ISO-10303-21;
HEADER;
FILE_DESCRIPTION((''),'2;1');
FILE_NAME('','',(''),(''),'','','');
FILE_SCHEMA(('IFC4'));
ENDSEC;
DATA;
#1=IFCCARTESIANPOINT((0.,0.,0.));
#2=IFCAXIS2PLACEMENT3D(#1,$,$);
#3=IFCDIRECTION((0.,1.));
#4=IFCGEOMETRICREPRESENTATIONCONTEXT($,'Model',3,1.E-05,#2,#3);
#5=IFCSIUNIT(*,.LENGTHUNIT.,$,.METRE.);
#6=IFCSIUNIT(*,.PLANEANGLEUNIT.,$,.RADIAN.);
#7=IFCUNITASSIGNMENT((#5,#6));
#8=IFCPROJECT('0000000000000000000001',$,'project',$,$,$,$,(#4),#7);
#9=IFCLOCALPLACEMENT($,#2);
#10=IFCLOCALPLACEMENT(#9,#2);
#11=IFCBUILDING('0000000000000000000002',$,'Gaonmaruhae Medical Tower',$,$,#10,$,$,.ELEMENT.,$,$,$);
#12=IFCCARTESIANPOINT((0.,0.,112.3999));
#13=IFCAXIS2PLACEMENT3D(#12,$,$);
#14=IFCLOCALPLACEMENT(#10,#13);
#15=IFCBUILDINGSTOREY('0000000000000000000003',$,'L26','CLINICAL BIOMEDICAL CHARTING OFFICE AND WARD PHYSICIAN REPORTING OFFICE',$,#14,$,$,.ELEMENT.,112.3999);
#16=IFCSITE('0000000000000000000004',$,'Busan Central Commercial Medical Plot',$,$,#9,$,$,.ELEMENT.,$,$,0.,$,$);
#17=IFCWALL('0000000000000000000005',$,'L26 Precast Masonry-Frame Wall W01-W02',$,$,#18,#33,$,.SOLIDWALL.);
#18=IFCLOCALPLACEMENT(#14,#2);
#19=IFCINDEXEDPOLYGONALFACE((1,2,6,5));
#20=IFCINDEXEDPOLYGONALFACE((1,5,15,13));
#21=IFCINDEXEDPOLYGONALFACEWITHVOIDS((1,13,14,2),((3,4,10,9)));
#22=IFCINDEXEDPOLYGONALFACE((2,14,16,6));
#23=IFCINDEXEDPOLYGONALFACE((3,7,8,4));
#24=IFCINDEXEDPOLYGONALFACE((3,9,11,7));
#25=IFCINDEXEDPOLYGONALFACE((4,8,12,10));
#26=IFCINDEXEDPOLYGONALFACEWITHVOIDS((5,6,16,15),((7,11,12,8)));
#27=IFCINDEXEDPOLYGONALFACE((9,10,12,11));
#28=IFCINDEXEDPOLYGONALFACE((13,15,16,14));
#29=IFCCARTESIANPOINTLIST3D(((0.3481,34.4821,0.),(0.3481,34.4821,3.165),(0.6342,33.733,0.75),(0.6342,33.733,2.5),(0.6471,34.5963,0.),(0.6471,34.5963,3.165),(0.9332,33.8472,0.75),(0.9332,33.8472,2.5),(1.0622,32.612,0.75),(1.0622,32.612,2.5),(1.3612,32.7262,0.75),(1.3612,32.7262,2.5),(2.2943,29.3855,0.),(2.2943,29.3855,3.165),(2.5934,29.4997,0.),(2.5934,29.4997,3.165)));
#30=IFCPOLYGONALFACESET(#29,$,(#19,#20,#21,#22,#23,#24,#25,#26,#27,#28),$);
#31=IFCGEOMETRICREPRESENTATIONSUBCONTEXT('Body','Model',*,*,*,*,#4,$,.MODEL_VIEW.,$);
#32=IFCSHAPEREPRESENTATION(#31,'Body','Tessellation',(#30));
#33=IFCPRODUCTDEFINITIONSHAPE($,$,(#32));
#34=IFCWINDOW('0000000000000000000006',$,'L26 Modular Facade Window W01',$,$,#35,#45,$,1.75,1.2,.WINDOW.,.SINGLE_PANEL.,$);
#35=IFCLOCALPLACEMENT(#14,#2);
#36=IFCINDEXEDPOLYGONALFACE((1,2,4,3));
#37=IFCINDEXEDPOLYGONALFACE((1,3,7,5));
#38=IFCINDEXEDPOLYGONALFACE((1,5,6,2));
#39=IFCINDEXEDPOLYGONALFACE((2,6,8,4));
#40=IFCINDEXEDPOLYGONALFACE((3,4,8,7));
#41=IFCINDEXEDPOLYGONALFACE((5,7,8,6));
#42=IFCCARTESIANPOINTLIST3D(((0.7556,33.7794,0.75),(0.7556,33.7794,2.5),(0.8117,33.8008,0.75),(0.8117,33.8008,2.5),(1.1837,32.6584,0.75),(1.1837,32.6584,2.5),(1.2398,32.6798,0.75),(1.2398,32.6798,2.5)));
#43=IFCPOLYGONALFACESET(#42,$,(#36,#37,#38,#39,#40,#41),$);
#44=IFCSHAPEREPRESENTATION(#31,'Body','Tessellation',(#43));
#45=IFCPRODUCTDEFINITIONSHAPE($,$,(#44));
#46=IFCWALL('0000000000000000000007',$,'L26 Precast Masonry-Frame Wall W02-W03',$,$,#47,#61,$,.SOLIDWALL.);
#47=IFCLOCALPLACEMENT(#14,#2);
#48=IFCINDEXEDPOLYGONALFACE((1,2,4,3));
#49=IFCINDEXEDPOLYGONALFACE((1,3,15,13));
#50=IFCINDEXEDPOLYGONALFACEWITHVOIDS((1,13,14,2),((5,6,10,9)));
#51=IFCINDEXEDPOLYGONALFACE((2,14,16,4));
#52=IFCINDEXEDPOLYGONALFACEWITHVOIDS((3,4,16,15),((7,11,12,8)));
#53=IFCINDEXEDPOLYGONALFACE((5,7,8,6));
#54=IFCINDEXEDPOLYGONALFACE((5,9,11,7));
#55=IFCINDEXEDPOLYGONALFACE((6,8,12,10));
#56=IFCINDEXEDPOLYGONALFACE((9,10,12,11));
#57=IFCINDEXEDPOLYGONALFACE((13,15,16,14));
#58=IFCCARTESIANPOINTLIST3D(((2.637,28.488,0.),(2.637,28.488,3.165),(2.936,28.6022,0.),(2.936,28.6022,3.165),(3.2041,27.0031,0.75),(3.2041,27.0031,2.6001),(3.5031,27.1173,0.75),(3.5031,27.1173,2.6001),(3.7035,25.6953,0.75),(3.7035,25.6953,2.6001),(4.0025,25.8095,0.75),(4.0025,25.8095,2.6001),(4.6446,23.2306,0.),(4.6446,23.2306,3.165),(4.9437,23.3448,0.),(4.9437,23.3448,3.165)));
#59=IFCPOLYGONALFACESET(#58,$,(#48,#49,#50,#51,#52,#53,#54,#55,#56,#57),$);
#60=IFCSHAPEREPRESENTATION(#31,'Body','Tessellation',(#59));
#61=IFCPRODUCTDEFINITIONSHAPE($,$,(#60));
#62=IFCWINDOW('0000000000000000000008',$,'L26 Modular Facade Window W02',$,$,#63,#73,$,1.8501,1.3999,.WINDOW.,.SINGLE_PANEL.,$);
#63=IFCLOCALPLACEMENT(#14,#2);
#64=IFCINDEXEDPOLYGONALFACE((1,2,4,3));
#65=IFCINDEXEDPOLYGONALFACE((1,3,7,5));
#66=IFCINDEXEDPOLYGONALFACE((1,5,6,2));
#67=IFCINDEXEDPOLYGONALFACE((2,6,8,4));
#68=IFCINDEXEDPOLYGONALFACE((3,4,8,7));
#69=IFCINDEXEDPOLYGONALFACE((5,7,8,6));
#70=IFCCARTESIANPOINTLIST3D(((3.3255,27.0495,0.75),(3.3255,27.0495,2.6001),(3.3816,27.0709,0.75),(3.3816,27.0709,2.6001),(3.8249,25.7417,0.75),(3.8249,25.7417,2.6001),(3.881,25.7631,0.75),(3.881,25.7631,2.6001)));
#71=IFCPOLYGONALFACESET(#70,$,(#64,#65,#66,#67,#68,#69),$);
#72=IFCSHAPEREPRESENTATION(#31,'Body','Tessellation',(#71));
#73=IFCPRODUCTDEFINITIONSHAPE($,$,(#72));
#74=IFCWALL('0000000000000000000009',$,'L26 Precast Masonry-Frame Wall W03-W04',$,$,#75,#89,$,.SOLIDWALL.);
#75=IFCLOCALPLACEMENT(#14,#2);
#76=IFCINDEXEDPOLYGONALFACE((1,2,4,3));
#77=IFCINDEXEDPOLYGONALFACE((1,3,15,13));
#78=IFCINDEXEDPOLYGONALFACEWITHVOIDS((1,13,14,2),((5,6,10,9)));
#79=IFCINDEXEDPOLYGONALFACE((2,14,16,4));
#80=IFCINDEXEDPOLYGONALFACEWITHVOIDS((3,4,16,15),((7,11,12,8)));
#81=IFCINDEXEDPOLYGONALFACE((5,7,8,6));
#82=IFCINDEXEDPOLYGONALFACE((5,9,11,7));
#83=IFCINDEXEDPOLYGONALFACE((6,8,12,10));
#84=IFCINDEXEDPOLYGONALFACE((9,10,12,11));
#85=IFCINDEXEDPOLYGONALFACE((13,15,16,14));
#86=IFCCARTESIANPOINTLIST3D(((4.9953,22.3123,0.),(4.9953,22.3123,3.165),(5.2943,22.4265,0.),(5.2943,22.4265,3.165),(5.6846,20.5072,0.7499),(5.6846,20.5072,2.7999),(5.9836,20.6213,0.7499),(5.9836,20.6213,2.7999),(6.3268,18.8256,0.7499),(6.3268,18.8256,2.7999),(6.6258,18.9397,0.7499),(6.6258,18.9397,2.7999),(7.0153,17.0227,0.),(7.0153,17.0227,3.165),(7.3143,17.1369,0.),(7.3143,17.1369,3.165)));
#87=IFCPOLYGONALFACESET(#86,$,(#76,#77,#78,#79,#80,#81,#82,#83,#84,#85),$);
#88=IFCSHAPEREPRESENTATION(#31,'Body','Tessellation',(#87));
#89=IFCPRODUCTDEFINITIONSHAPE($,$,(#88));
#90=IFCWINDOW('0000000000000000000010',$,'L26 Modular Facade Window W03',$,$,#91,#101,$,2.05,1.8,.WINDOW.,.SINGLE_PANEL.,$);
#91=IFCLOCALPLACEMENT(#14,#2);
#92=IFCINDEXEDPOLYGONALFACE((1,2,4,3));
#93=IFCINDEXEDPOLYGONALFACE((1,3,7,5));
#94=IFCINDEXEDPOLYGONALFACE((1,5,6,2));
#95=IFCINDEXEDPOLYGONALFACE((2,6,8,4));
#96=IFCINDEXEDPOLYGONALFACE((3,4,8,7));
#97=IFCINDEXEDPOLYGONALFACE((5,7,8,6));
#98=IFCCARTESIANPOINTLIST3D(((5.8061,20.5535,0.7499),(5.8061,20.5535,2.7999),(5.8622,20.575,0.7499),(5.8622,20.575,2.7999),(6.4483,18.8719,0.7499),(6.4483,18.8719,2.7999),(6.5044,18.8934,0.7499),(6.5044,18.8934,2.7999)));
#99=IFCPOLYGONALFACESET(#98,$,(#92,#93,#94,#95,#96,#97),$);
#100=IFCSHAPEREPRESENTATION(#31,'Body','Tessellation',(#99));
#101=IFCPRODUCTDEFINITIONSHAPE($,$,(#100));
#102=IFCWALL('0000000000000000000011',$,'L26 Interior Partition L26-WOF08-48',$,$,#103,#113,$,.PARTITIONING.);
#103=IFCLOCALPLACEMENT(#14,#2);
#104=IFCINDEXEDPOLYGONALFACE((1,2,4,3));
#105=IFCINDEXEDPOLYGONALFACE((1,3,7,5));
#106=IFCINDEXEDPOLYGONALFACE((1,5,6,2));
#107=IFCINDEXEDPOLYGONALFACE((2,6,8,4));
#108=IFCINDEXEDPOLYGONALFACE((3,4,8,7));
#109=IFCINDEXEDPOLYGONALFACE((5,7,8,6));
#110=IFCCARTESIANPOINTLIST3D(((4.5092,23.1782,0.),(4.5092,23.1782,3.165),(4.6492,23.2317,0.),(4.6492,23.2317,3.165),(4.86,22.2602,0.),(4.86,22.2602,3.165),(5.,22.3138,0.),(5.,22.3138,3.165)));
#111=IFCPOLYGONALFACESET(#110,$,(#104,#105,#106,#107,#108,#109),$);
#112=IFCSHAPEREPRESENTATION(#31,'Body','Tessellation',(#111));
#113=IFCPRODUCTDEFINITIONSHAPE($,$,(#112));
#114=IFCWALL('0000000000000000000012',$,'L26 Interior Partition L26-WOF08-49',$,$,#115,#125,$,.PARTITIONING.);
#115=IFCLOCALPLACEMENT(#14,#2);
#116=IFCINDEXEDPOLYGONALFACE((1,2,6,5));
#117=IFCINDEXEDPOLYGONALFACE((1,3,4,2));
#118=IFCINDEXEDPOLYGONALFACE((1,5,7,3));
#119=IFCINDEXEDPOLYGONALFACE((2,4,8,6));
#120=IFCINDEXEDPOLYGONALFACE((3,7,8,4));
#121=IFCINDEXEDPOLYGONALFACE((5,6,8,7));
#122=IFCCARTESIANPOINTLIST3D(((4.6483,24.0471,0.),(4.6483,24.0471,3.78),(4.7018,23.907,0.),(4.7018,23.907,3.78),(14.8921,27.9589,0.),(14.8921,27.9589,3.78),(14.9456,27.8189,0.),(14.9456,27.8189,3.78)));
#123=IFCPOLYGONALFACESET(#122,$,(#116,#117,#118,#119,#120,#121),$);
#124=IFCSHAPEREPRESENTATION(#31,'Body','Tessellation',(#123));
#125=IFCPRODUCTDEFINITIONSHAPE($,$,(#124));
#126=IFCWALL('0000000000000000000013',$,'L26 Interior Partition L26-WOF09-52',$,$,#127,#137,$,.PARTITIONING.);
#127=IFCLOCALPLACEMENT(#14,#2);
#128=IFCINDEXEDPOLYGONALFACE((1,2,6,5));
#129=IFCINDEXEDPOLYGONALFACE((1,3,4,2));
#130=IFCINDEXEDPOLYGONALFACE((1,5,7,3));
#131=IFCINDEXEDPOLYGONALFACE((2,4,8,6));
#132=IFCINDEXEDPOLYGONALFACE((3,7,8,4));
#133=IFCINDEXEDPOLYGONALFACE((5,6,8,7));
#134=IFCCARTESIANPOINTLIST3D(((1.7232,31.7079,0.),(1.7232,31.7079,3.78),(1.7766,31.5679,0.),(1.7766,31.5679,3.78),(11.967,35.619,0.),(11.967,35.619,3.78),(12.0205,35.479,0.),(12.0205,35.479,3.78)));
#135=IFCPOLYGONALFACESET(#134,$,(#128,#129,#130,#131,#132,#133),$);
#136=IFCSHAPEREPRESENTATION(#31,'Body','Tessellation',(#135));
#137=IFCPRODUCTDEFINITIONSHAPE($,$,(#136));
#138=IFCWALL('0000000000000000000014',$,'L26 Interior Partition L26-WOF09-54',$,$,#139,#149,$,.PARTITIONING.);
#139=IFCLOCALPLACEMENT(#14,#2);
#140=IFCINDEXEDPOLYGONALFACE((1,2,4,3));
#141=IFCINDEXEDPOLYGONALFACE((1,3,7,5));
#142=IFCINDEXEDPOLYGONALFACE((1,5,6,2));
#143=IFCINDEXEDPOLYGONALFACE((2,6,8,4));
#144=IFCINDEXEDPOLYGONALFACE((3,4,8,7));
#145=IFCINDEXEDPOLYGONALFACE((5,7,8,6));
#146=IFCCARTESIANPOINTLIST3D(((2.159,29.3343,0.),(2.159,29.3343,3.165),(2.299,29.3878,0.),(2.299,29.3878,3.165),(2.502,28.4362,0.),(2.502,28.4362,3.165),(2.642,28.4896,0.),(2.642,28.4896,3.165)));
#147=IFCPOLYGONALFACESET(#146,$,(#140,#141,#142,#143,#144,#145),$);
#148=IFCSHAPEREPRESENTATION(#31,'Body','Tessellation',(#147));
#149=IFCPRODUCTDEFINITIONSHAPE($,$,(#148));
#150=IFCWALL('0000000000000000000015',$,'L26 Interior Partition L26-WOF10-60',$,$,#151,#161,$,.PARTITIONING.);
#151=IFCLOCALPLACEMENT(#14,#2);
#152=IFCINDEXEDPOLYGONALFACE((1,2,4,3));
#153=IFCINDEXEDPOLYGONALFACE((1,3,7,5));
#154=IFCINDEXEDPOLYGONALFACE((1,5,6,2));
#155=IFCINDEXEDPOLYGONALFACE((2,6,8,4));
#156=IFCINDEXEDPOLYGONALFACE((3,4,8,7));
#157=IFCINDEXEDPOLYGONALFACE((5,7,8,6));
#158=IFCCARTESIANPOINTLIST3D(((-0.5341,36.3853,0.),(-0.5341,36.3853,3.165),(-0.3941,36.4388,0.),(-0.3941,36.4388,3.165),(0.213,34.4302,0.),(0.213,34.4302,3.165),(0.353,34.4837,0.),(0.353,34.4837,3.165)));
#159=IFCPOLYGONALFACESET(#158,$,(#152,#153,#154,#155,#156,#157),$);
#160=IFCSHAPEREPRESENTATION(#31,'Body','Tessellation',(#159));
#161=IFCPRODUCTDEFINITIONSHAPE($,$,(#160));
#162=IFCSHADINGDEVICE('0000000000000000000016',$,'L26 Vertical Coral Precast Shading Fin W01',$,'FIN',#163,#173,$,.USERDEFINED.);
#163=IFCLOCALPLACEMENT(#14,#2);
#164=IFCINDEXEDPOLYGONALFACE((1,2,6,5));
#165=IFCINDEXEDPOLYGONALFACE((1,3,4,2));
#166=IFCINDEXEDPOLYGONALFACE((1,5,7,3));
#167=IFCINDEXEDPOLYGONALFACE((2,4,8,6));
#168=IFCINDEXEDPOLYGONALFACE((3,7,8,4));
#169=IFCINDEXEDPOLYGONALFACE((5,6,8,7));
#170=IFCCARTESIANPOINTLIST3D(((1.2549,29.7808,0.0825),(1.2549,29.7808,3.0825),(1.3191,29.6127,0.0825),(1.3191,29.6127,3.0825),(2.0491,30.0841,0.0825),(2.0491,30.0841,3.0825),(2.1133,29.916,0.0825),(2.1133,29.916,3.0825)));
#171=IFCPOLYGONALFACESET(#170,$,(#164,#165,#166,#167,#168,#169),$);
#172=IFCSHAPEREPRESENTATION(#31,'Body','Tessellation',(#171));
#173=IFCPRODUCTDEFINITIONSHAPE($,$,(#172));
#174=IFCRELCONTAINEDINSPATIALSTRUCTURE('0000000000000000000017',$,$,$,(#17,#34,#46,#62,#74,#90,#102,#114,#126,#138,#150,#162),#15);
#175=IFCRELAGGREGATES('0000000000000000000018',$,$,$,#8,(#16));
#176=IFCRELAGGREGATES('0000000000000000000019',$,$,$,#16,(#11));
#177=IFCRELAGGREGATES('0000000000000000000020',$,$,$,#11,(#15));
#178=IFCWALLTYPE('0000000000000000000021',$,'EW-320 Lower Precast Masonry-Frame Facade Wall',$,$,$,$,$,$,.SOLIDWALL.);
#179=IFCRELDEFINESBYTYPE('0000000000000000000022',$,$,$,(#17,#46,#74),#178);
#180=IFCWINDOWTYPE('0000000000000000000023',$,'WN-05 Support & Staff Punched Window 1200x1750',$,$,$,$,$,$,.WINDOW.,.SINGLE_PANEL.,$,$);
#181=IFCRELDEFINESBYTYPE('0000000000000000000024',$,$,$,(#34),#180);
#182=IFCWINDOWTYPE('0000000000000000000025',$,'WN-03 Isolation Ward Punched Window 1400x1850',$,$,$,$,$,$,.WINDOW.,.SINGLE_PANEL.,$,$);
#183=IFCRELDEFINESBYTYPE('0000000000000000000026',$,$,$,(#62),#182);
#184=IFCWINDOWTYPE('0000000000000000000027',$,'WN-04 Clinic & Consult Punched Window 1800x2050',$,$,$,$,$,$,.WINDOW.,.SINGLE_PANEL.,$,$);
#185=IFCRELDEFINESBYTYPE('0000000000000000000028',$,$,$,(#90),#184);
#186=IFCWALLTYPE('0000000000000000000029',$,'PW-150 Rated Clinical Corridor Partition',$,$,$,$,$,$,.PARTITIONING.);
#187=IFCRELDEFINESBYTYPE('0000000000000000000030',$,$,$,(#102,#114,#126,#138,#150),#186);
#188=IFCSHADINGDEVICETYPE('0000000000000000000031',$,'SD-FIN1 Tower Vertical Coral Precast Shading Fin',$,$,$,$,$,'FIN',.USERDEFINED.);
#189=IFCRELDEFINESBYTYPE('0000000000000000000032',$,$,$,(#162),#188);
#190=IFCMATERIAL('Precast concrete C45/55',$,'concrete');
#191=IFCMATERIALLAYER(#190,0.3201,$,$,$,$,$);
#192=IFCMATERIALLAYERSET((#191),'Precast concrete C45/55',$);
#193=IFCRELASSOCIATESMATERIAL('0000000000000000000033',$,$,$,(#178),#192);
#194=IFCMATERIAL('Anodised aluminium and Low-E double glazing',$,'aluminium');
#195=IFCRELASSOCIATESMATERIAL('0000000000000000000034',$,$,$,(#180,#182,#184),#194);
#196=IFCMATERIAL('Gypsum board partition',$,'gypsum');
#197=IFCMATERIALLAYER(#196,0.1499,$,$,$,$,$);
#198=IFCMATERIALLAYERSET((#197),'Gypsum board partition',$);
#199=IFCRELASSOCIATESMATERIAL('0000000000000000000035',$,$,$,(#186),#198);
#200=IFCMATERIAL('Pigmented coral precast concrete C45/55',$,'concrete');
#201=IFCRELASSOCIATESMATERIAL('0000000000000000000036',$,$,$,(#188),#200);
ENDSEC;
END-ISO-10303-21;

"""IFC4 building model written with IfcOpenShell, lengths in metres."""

from ifc_helpers import new_model, si_unit, direction, frame, frame_2d, origin, origin_2d, place, context, subcontext, project, spatial, rectangle, extrude, material, layer, layer_set, type_object, element, fill, save


model = new_model("IFC4")

# Units and contexts
model_context = context("Model", 3, precision=1e-05, world=origin(), true_north=direction((0.0, 1.0)))
body_context = subcontext(model_context, "Body", "Model", "MODEL_VIEW")
ifc_project = project(units=[si_unit("LENGTHUNIT", "METRE"), si_unit("PLANEANGLEUNIT", "RADIAN")], contexts=[model_context])

# Site, building, storey
site_placement = place(None, origin())
site = spatial("IfcSite", under=ifc_project, at=site_placement, Name="Busan Central Commercial Medical Plot", CompositionType="ELEMENT", RefElevation=0.0)
building_placement = place(site_placement, origin())
building = spatial("IfcBuilding", under=site, at=building_placement, Name="Gaonmaruhae Medical Tower", CompositionType="ELEMENT")
storey_placement = place(building_placement, frame((0.0, 0.0, 112.3999)))
storey = spatial("IfcBuildingStorey", under=building, at=storey_placement, Name="L26", Description="CLINICAL BIOMEDICAL CHARTING OFFICE AND WARD PHYSICIAN REPORTING OFFICE", CompositionType="ELEMENT", Elevation=112.3999)

# Walls, openings, windows
ifc_material_1 = material(Name="Precast concrete C45/55", Category="concrete")
ifc_layer_1 = layer(ifc_material_1, 0.3201)
ifc_layer_set_1 = layer_set([ifc_layer_1], Name="Precast concrete C45/55")
wall_type_1 = type_object("IfcWallType", Name="EW-320 Lower Precast Masonry-Frame Facade Wall", PredefinedType="SOLIDWALL", material=ifc_layer_set_1)
wall_1_placement = place(storey_placement, frame((2.4438, 29.4426, 0.0), z_axis=(0.0, 0.0, 1.0), x_axis=(-0.356747, 0.934201, 0.0)))
wall_1 = element("IfcWall", 1, at=wall_1_placement, inside=storey, type_object=wall_type_1, Name="L26 Precast Masonry-Frame Wall W01-W02", PredefinedType="SOLIDWALL", context=body_context, shape_type="SweptSolid", body=[
    extrude(rectangle(XDim=5.4556, YDim=0.3201, at=frame_2d((2.7278, 0.0))), origin(), (0.0, 0.0, 1.0), 3.165),
])
opening_1_placement = place(wall_1_placement, frame((3.4536, 0.0, 0.75)))
opening_1 = element("IfcOpeningElement", 2, at=opening_1_placement, cuts=wall_1, PredefinedType="OPENING", context=body_context, shape_type="SweptSolid", body=[
    extrude(rectangle(XDim=1.2, YDim=1.75, at=frame_2d((0.6001, 0.875))), frame((0.0, 0.1699, 0.0), z_axis=(0.0, -1.0, 0.0), x_axis=(1.0, 0.0, 0.0)), (0.0, 0.0, 1.0), 0.3401),
])
ifc_material_2 = material(Name="Anodised aluminium and Low-E double glazing", Category="aluminium")
window_type_1 = type_object("IfcWindowType", Name="WN-05 Support & Staff Punched Window 1200x1750", PartitioningType="SINGLE_PANEL", PredefinedType="WINDOW", material=ifc_material_2)
window_1_placement = place(opening_1_placement, origin())
window_1 = element("IfcWindow", 3, at=window_1_placement, inside=storey, type_object=window_type_1, Name="L26 Modular Facade Window W01", OverallHeight=1.75, OverallWidth=1.2, PartitioningType="SINGLE_PANEL", PredefinedType="WINDOW", context=body_context, shape_type="SweptSolid", body=[
    extrude(rectangle(XDim=1.2, YDim=1.75, at=frame_2d((0.6001, 0.875))), frame((0.0, 0.03, 0.0), z_axis=(0.0, -1.0, 0.0), x_axis=(1.0, 0.0, 0.0)), (0.0, 0.0, 1.0), 0.0601),
])
fill(opening_1, window_1)
wall_2_placement = place(storey_placement, frame((4.7942, 23.2876, 0.0), z_axis=(0.0, 0.0, 1.0), x_axis=(-0.356737, 0.934205, 0.0)))
wall_2 = element("IfcWall", 4, at=wall_2_placement, inside=storey, type_object=wall_type_1, Name="L26 Precast Masonry-Frame Wall W02-W03", PredefinedType="SOLIDWALL", context=body_context, shape_type="SweptSolid", body=[
    extrude(rectangle(XDim=5.6277, YDim=0.3201, at=frame_2d((2.814, 0.0))), origin(), (0.0, 0.0, 1.0), 3.165),
])
opening_2_placement = place(wall_2_placement, frame((2.6384, 0.0, 0.75)))
opening_2 = element("IfcOpeningElement", 5, at=opening_2_placement, cuts=wall_2, PredefinedType="OPENING", context=body_context, shape_type="SweptSolid", body=[
    extrude(rectangle(XDim=1.3999, YDim=1.8501, at=frame_2d((0.7, 0.925))), frame((0.0, 0.1699, 0.0), z_axis=(0.0, -1.0, 0.0), x_axis=(1.0, 0.0, 0.0)), (0.0, 0.0, 1.0), 0.3401),
])
window_type_2 = type_object("IfcWindowType", Name="WN-03 Isolation Ward Punched Window 1400x1850", PartitioningType="SINGLE_PANEL", PredefinedType="WINDOW", material=ifc_material_2)
window_2_placement = place(opening_2_placement, origin())
window_2 = element("IfcWindow", 6, at=window_2_placement, inside=storey, type_object=window_type_2, Name="L26 Modular Facade Window W02", OverallHeight=1.8501, OverallWidth=1.3999, PartitioningType="SINGLE_PANEL", PredefinedType="WINDOW", context=body_context, shape_type="SweptSolid", body=[
    extrude(rectangle(XDim=1.3999, YDim=1.8501, at=frame_2d((0.7, 0.925))), frame((0.0, 0.03, 0.0), z_axis=(0.0, -1.0, 0.0), x_axis=(1.0, 0.0, 0.0)), (0.0, 0.0, 1.0), 0.0601),
])
fill(opening_2, window_2)
wall_3_placement = place(storey_placement, frame((7.1648, 17.0798, 0.0), z_axis=(0.0, 0.0, 1.0), x_axis=(-0.356759, 0.934196, 0.0)))
wall_3 = element("IfcWall", 7, at=wall_3_placement, inside=storey, type_object=wall_type_1, Name="L26 Precast Masonry-Frame Wall W03-W04", PredefinedType="SOLIDWALL", context=body_context, shape_type="SweptSolid", body=[
    extrude(rectangle(XDim=5.6621, YDim=0.3201, at=frame_2d((2.8311, 0.0))), origin(), (0.0, 0.0, 1.0), 3.165),
])
opening_3_placement = place(wall_3_placement, frame((1.9299, 0.0, 0.75)))
opening_3 = element("IfcOpeningElement", 8, at=opening_3_placement, cuts=wall_3, PredefinedType="OPENING", context=body_context, shape_type="SweptSolid", body=[
    extrude(rectangle(XDim=1.8, YDim=2.05, at=frame_2d((0.8999, 1.0249))), frame((0.0, 0.1699, 0.0), z_axis=(0.0, -1.0, 0.0), x_axis=(1.0, 0.0, 0.0)), (0.0, 0.0, 1.0), 0.3401),
])
window_type_3 = type_object("IfcWindowType", Name="WN-04 Clinic & Consult Punched Window 1800x2050", PartitioningType="SINGLE_PANEL", PredefinedType="WINDOW", material=ifc_material_2)
window_3_placement = place(opening_3_placement, origin())
window_3 = element("IfcWindow", 9, at=window_3_placement, inside=storey, type_object=window_type_3, Name="L26 Modular Facade Window W03", OverallHeight=2.05, OverallWidth=1.8, PartitioningType="SINGLE_PANEL", PredefinedType="WINDOW", context=body_context, shape_type="SweptSolid", body=[
    extrude(rectangle(XDim=1.8, YDim=2.05, at=frame_2d((0.8999, 1.0249))), frame((0.0, 0.03, 0.0), z_axis=(0.0, -1.0, 0.0), x_axis=(1.0, 0.0, 0.0)), (0.0, 0.0, 1.0), 0.0601),
])
fill(opening_3, window_3)

# Walls
ifc_material_3 = material(Name="Gypsum board partition", Category="gypsum")
ifc_layer_2 = layer(ifc_material_3, 0.1499)
ifc_layer_set_2 = layer_set([ifc_layer_2], Name="Gypsum board partition")
wall_type_2 = type_object("IfcWallType", Name="PW-150 Rated Clinical Corridor Partition", PredefinedType="PARTITIONING", material=ifc_layer_set_2)
wall_4_placement = place(storey_placement, frame((4.9299, 22.2871, 0.0), z_axis=(0.0, 0.0, 1.0), x_axis=(-0.356997, 0.934105, 0.0)))
element("IfcWall", 10, at=wall_4_placement, inside=storey, type_object=wall_type_2, Name="L26 Interior Partition L26-WOF08-48", PredefinedType="PARTITIONING", context=body_context, shape_type="SweptSolid", body=[
    extrude(rectangle(XDim=0.9827, YDim=0.1499, at=frame_2d((0.4912, 0.0))), origin(), (0.0, 0.0, 1.0), 3.165),
])
wall_5_placement = place(storey_placement, frame((4.675, 23.9771, 0.0), z_axis=(0.0, 0.0, 1.0), x_axis=(0.934201, 0.356746, 0.0)))
element("IfcWall", 11, at=wall_5_placement, inside=storey, type_object=wall_type_2, Name="L26 Interior Partition L26-WOF08-49", PredefinedType="PARTITIONING", context=body_context, shape_type="SweptSolid", body=[
    extrude(rectangle(XDim=10.9653, YDim=0.1499, at=frame_2d((5.4827, 0.0))), origin(), (0.0, 0.0, 1.0), 3.78),
])
wall_6_placement = place(storey_placement, frame((1.75, 31.6379, 0.0), z_axis=(0.0, 0.0, 1.0), x_axis=(0.934224, 0.356688, 0.0)))
element("IfcWall", 12, at=wall_6_placement, inside=storey, type_object=wall_type_2, Name="L26 Interior Partition L26-WOF09-52", PredefinedType="PARTITIONING", context=body_context, shape_type="SweptSolid", body=[
    extrude(rectangle(XDim=10.9651, YDim=0.1499, at=frame_2d((5.4824, 0.0))), origin(), (0.0, 0.0, 1.0), 3.78),
])
wall_7_placement = place(storey_placement, frame((2.572, 28.4629, 0.0), z_axis=(0.0, 0.0, 1.0), x_axis=(-0.356766, 0.934194, 0.0)))
element("IfcWall", 13, at=wall_7_placement, inside=storey, type_object=wall_type_2, Name="L26 Interior Partition L26-WOF09-54", PredefinedType="PARTITIONING", context=body_context, shape_type="SweptSolid", body=[
    extrude(rectangle(XDim=0.9614, YDim=0.1499, at=frame_2d((0.4807, 0.0))), origin(), (0.0, 0.0, 1.0), 3.165),
])
wall_8_placement = place(storey_placement, frame((0.283, 34.457, 0.0), z_axis=(0.0, 0.0, 1.0), x_axis=(-0.356946, 0.934125, 0.0)))
element("IfcWall", 14, at=wall_8_placement, inside=storey, type_object=wall_type_2, Name="L26 Interior Partition L26-WOF10-60", PredefinedType="PARTITIONING", context=body_context, shape_type="SweptSolid", body=[
    extrude(rectangle(XDim=2.093, YDim=0.1499, at=frame_2d((1.0464, 0.0))), origin(), (0.0, 0.0, 1.0), 3.165),
])

# Shading device
ifc_material_4 = material(Name="Pigmented coral precast concrete C45/55", Category="concrete")
shading_device_type = type_object("IfcShadingDeviceType", Name="SD-FIN1 Tower Vertical Coral Precast Shading Fin", ElementType="FIN", PredefinedType="USERDEFINED", material=ifc_material_4)
for number, where, z_axis, x_axis, name in (
    (15, (1.6841, 29.8484, 0.0825), (0.0, 0.0, 1.0), (-0.356738, 0.934204, 0.0), "L26 Vertical Coral Precast Shading Fin W01"),
):
    element("IfcShadingDevice", number, at=place(storey_placement, frame(where, z_axis=z_axis, x_axis=x_axis)), inside=storey, type_object=shading_device_type, Name=name, ObjectType="FIN", PredefinedType="USERDEFINED", context=body_context, shape_type="SweptSolid", body=[
        extrude(rectangle(XDim=0.1799, YDim=0.8501, at=origin_2d()), origin(), (0.0, 0.0, 1.0), 3.0),
    ])

save(model, "model.ifc")
